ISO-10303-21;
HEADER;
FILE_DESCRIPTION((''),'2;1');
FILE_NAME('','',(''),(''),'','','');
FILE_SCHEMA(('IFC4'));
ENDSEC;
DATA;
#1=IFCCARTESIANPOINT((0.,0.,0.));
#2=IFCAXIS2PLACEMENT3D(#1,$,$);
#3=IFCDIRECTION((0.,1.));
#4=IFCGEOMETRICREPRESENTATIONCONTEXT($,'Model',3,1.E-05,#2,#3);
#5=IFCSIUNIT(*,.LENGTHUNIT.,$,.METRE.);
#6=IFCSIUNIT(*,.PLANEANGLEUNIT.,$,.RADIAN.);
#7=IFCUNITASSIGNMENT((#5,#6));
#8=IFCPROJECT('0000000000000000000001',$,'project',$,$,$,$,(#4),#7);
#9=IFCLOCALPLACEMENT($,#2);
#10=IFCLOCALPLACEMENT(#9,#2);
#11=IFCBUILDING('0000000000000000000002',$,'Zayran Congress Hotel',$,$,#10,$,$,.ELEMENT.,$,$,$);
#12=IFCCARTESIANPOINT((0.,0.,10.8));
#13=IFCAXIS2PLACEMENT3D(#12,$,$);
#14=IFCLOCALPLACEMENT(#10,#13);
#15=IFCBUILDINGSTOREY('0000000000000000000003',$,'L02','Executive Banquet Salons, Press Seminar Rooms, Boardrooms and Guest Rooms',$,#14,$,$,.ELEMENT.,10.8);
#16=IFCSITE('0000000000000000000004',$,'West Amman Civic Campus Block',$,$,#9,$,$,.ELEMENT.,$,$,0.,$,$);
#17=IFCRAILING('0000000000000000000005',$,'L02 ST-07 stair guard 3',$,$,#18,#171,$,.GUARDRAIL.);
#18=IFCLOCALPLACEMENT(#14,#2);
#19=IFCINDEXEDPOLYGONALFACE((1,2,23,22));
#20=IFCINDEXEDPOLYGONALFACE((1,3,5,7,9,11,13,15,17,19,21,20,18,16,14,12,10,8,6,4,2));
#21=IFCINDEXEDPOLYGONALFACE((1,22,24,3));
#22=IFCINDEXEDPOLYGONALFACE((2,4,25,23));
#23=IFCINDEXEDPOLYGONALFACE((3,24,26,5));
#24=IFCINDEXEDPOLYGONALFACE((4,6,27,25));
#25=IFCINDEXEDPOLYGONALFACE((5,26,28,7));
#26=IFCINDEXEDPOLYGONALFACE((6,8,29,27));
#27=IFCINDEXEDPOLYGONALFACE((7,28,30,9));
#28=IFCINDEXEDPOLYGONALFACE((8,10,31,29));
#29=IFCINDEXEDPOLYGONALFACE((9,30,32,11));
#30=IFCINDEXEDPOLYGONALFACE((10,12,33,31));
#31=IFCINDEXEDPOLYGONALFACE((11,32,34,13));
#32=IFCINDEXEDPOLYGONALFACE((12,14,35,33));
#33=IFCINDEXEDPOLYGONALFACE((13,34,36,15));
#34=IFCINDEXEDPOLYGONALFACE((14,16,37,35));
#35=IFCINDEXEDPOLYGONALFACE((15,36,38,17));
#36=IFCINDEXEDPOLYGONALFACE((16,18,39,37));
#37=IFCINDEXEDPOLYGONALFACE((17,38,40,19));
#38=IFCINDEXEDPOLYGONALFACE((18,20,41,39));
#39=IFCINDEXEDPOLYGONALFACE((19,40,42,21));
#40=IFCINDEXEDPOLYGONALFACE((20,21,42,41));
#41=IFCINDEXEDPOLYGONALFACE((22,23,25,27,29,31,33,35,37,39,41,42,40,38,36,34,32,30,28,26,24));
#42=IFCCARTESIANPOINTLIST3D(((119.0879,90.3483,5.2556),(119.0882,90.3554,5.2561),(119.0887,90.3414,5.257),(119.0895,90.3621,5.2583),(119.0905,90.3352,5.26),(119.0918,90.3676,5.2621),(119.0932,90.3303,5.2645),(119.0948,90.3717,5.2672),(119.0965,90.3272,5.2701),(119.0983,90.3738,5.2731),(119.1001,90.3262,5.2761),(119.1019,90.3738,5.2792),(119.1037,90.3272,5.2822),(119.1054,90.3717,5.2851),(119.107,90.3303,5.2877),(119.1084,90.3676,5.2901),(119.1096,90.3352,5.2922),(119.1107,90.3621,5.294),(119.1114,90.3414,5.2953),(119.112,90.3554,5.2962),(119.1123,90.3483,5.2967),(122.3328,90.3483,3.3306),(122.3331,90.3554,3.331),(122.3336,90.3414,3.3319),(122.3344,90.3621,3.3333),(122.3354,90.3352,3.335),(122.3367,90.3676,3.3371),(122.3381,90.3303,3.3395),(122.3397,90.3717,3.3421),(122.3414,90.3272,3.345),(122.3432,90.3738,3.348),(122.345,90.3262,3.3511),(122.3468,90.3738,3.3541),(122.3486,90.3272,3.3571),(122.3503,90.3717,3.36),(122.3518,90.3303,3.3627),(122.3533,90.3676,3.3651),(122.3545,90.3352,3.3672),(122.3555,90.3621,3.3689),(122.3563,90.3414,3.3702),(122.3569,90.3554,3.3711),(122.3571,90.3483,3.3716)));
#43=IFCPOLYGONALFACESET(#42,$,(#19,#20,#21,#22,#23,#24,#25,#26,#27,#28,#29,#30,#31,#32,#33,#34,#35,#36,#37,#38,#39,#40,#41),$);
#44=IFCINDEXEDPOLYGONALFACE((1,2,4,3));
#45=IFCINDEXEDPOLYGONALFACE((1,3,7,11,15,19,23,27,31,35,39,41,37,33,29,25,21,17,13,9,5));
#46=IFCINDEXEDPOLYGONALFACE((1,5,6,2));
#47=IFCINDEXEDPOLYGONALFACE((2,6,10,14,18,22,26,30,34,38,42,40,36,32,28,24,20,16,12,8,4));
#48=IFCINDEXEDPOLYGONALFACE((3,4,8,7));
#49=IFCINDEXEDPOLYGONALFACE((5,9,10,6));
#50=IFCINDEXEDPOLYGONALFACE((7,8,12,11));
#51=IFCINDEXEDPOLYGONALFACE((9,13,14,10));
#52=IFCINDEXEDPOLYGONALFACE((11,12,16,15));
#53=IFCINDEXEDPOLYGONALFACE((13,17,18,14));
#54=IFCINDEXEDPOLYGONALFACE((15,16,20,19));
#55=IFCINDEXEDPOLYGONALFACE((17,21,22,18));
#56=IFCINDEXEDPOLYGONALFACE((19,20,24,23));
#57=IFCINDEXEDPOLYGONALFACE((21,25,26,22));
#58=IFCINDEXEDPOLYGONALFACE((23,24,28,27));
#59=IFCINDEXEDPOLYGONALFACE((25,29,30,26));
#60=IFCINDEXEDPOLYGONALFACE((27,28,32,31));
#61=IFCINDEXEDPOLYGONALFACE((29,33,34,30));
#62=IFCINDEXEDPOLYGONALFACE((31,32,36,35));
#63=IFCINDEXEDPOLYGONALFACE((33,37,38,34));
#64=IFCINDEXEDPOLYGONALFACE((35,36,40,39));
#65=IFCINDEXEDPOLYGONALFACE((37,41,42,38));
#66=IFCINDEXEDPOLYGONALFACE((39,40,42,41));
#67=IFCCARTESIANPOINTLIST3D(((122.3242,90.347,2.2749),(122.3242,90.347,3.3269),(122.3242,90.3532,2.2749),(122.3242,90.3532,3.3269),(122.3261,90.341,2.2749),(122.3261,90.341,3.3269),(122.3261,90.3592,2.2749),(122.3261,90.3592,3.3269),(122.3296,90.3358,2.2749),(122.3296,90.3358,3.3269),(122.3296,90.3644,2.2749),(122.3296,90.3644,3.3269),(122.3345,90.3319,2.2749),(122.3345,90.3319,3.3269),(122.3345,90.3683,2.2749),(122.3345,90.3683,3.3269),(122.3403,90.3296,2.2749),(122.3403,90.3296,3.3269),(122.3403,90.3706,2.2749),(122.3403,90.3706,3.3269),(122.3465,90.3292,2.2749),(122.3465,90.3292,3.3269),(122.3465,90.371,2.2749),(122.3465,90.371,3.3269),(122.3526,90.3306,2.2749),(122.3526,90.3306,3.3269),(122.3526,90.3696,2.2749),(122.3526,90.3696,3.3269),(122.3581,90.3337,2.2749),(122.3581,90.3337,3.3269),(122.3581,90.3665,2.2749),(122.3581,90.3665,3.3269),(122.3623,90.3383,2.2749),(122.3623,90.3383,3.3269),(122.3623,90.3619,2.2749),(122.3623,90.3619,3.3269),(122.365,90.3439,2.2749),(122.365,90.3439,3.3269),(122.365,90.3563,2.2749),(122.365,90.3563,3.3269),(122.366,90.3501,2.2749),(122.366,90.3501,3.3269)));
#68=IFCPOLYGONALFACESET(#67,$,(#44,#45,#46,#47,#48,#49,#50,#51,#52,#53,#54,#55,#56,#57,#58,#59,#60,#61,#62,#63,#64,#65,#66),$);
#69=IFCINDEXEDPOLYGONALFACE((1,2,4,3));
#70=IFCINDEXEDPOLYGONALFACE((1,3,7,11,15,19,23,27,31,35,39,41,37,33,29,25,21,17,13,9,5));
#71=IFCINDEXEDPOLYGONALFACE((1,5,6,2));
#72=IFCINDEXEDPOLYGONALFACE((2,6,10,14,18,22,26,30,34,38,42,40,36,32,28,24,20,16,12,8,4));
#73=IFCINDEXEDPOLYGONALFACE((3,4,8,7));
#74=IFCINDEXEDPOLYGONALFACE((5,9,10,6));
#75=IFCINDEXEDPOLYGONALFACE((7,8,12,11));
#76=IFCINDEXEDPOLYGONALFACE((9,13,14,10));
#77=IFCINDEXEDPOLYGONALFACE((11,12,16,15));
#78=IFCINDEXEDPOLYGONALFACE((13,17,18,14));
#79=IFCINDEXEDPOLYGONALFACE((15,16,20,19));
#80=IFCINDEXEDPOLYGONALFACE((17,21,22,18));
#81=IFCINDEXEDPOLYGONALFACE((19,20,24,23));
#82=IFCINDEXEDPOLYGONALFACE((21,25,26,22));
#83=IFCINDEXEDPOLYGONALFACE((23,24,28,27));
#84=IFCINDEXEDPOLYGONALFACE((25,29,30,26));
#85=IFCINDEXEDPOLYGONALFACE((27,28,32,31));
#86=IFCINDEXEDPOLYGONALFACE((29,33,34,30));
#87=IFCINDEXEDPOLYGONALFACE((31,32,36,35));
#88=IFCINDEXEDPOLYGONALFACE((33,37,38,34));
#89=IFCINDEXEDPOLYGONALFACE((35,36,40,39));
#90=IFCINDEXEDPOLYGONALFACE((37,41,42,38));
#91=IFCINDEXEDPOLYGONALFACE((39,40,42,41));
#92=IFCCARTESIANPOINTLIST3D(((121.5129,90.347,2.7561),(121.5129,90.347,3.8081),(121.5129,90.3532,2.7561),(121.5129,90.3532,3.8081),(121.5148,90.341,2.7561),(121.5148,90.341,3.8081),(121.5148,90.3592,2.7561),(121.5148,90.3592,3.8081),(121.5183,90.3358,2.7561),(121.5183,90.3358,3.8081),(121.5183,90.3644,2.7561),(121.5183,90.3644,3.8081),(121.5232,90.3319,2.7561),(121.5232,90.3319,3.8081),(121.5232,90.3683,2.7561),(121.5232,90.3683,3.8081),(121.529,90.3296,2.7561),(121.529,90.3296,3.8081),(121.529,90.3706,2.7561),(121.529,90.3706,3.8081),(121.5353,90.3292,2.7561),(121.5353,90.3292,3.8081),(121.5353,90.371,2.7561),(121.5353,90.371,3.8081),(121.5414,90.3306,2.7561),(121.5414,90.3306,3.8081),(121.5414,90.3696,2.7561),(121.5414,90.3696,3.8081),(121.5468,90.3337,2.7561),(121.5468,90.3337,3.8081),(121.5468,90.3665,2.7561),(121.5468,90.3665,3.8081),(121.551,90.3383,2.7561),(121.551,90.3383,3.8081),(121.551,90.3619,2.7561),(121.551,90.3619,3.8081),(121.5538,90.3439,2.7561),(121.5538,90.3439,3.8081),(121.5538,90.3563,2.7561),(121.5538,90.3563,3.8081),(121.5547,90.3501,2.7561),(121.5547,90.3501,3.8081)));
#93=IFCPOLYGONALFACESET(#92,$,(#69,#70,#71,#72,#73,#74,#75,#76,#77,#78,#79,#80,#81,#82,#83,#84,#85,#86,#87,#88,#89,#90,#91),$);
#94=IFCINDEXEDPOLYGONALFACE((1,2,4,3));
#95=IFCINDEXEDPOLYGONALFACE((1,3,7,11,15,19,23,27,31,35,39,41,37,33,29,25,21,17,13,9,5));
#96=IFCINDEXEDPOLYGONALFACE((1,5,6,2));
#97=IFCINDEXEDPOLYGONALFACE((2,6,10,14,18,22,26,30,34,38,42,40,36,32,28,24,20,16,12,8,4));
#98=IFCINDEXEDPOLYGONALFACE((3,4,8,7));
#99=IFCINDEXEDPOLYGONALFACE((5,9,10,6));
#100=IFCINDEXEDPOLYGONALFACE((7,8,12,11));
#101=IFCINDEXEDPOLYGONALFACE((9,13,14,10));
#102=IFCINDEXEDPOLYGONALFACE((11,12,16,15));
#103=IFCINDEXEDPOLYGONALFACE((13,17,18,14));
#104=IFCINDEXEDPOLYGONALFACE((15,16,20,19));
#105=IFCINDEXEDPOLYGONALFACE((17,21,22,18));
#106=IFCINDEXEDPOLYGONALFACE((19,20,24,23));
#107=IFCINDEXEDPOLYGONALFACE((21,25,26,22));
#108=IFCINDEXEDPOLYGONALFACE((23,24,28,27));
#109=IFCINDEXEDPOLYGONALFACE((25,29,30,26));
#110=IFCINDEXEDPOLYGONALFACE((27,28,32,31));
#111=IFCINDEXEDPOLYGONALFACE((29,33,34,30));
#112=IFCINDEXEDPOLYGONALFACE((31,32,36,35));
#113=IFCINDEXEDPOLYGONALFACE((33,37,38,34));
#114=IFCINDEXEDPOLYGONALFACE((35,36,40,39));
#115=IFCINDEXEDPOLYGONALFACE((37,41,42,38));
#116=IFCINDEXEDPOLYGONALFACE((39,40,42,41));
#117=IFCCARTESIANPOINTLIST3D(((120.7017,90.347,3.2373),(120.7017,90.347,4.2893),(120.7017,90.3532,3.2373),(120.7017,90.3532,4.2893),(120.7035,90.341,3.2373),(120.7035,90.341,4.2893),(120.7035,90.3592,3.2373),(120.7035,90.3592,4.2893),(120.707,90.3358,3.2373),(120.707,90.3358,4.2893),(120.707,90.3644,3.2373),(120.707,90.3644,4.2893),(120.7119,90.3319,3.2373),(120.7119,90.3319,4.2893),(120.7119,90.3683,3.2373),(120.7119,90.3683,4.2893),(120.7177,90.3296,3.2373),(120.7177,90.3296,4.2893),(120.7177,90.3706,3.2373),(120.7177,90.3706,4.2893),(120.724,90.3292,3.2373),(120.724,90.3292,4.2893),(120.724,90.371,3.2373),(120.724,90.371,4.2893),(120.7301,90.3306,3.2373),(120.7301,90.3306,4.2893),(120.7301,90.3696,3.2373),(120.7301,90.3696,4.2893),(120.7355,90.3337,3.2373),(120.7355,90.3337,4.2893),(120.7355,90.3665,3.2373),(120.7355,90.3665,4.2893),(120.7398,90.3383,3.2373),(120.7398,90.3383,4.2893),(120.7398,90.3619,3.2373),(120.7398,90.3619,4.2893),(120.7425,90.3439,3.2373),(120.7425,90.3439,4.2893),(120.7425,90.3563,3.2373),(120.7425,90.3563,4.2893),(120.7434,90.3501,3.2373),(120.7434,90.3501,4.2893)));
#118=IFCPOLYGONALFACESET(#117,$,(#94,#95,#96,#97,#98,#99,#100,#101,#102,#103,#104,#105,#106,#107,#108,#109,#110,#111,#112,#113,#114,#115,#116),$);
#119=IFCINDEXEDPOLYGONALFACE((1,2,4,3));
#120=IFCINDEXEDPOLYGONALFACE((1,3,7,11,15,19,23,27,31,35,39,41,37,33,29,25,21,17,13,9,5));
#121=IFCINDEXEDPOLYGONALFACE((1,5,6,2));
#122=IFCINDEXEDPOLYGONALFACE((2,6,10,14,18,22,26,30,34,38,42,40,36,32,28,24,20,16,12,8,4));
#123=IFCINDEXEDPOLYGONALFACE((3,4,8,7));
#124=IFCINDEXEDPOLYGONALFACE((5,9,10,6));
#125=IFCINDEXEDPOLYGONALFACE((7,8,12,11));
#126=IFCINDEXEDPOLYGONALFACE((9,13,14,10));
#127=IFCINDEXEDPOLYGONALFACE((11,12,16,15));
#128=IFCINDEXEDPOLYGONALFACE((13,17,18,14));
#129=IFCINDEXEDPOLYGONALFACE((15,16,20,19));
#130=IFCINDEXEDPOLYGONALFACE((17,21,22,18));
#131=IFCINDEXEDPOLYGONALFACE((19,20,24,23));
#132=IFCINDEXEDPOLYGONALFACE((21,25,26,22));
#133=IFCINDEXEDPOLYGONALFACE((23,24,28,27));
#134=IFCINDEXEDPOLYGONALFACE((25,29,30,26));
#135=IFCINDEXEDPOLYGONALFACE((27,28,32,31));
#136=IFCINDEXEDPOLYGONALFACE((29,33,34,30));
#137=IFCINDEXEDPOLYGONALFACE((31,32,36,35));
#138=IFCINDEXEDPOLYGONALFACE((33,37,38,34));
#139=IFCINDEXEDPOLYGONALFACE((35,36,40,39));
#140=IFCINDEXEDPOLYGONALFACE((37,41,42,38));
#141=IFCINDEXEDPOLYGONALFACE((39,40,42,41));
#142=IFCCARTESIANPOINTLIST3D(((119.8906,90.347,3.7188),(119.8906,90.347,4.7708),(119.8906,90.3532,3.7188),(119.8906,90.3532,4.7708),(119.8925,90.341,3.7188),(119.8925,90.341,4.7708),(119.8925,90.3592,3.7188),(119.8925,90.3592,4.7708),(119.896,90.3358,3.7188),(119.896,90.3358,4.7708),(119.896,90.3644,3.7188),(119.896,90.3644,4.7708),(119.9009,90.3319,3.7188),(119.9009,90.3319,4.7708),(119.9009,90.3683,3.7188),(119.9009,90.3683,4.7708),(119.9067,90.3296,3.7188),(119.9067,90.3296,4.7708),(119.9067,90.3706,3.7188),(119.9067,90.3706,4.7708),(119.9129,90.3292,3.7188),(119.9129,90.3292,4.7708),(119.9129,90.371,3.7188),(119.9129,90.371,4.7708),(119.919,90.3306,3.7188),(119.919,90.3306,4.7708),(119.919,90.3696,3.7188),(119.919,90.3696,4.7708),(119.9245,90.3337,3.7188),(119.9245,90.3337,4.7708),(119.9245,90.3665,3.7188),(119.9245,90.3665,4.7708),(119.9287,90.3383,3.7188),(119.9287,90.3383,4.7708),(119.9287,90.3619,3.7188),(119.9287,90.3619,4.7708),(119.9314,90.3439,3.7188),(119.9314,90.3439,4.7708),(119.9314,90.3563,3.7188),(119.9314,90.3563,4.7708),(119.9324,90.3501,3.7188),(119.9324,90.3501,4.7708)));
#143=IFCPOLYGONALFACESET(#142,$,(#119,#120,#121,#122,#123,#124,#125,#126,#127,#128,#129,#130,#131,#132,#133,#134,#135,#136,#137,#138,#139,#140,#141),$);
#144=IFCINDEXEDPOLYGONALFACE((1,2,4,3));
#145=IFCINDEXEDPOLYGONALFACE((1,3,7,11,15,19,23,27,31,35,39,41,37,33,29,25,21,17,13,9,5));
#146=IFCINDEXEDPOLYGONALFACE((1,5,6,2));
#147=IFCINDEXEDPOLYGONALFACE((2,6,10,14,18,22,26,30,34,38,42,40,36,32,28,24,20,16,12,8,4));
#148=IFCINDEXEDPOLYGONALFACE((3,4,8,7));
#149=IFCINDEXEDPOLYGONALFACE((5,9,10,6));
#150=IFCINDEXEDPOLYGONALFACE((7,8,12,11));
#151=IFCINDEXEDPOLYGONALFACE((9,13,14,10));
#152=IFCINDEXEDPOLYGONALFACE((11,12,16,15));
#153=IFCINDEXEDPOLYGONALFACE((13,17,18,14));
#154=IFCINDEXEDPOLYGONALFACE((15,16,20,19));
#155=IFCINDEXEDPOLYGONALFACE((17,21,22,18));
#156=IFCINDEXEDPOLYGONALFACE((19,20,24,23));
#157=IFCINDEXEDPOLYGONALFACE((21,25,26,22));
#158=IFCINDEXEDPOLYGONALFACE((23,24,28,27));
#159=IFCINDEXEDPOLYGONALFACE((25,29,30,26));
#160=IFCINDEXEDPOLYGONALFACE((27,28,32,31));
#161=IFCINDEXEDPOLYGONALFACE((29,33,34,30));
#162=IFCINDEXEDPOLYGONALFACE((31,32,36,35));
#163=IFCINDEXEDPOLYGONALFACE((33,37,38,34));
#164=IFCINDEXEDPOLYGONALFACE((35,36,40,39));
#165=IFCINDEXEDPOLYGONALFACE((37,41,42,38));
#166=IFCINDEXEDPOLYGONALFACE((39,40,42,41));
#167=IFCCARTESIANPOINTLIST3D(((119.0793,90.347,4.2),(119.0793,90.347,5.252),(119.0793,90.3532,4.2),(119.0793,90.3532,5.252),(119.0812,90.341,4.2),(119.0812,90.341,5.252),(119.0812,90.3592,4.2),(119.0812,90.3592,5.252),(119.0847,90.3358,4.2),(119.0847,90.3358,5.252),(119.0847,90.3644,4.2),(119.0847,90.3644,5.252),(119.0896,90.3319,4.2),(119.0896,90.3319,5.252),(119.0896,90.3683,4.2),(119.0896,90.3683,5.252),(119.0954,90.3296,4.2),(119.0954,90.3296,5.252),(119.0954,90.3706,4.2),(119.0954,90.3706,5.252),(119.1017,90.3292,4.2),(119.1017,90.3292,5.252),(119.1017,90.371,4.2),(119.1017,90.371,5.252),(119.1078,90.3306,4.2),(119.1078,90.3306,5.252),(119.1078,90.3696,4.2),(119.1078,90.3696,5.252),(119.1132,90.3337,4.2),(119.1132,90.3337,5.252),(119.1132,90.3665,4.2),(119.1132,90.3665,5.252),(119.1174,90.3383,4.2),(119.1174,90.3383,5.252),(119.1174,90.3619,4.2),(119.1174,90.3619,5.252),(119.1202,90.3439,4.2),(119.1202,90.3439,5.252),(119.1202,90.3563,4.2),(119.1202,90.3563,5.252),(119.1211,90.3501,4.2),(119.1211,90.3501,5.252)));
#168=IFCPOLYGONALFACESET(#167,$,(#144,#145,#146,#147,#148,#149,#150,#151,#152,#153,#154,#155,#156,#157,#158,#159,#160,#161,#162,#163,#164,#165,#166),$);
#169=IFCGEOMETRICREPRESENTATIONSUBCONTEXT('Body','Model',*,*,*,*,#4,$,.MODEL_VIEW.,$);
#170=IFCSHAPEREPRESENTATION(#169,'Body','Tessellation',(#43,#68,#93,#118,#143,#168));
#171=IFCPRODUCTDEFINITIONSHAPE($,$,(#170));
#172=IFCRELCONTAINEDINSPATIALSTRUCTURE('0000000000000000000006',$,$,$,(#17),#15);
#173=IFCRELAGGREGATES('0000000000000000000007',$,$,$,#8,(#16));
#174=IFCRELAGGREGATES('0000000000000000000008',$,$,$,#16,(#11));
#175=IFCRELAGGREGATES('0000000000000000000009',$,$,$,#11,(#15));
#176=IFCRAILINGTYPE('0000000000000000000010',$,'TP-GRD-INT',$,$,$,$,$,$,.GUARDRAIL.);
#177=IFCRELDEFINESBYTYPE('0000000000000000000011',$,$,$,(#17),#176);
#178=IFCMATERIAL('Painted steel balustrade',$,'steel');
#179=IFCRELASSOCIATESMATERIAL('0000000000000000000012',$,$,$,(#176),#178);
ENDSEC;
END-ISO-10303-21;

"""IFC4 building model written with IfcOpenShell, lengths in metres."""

from ifc_helpers import new_model, si_unit, direction, frame, origin, origin_2d, place, context, subcontext, project, spatial, circle, extrude, material, type_object, element, save


model = new_model("IFC4")

# Units and contexts
model_context = context("Model", 3, precision=1e-05, world=origin(), true_north=direction((0.0, 1.0)))
body_context = subcontext(model_context, "Body", "Model", "MODEL_VIEW")
ifc_project = project(units=[si_unit("LENGTHUNIT", "METRE"), si_unit("PLANEANGLEUNIT", "RADIAN")], contexts=[model_context])

# Site, building, storey
site_placement = place(None, origin())
site = spatial("IfcSite", under=ifc_project, at=site_placement, Name="West Amman Civic Campus Block", CompositionType="ELEMENT", RefElevation=0.0)
building_placement = place(site_placement, origin())
building = spatial("IfcBuilding", under=site, at=building_placement, Name="Zayran Congress Hotel", CompositionType="ELEMENT")
storey_placement = place(building_placement, frame((0.0, 0.0, 10.8)))
storey = spatial("IfcBuildingStorey", under=building, at=storey_placement, Name="L02", Description="Executive Banquet Salons, Press Seminar Rooms, Boardrooms and Guest Rooms", CompositionType="ELEMENT", Elevation=10.8)

# Railing
ifc_material_1 = material(Name="Painted steel balustrade", Category="steel")
railing_type_1 = type_object("IfcRailingType", Name="TP-GRD-INT", PredefinedType="GUARDRAIL", material=ifc_material_1)
railing_1_placement = place(storey_placement, frame((122.345, 90.3501, 2.2749)))
element("IfcRailing", 1, at=railing_1_placement, inside=storey, type_object=railing_type_1, Name="L02 ST-07 stair guard 3", PredefinedType="GUARDRAIL", context=body_context, shape_type="SweptSolid", body=[
    extrude(circle(Radius=0.0239, at=origin_2d()), frame((0.0, 0.0, 1.0762), z_axis=(-0.86004, 0.0, 0.510226), x_axis=(0.0, -1.0, 0.0)), (0.0, 0.0, 1.0), 3.7729),
    extrude(circle(Radius=0.021, at=origin_2d()), origin(), (0.0, 0.0, 1.0), 1.052),
    extrude(circle(Radius=0.021, at=origin_2d()), frame((-0.8113, 0.0, 0.4812)), (0.0, 0.0, 1.0), 1.052),
    extrude(circle(Radius=0.021, at=origin_2d()), frame((-1.6226, 0.0, 0.9624)), (0.0, 0.0, 1.0), 1.052),
    extrude(circle(Radius=0.021, at=origin_2d()), frame((-2.4336, 0.0, 1.4438)), (0.0, 0.0, 1.0), 1.052),
    extrude(circle(Radius=0.021, at=origin_2d()), frame((-3.2449, 0.0, 1.925)), (0.0, 0.0, 1.0), 1.052),
])

save(model, "model.ifc")
